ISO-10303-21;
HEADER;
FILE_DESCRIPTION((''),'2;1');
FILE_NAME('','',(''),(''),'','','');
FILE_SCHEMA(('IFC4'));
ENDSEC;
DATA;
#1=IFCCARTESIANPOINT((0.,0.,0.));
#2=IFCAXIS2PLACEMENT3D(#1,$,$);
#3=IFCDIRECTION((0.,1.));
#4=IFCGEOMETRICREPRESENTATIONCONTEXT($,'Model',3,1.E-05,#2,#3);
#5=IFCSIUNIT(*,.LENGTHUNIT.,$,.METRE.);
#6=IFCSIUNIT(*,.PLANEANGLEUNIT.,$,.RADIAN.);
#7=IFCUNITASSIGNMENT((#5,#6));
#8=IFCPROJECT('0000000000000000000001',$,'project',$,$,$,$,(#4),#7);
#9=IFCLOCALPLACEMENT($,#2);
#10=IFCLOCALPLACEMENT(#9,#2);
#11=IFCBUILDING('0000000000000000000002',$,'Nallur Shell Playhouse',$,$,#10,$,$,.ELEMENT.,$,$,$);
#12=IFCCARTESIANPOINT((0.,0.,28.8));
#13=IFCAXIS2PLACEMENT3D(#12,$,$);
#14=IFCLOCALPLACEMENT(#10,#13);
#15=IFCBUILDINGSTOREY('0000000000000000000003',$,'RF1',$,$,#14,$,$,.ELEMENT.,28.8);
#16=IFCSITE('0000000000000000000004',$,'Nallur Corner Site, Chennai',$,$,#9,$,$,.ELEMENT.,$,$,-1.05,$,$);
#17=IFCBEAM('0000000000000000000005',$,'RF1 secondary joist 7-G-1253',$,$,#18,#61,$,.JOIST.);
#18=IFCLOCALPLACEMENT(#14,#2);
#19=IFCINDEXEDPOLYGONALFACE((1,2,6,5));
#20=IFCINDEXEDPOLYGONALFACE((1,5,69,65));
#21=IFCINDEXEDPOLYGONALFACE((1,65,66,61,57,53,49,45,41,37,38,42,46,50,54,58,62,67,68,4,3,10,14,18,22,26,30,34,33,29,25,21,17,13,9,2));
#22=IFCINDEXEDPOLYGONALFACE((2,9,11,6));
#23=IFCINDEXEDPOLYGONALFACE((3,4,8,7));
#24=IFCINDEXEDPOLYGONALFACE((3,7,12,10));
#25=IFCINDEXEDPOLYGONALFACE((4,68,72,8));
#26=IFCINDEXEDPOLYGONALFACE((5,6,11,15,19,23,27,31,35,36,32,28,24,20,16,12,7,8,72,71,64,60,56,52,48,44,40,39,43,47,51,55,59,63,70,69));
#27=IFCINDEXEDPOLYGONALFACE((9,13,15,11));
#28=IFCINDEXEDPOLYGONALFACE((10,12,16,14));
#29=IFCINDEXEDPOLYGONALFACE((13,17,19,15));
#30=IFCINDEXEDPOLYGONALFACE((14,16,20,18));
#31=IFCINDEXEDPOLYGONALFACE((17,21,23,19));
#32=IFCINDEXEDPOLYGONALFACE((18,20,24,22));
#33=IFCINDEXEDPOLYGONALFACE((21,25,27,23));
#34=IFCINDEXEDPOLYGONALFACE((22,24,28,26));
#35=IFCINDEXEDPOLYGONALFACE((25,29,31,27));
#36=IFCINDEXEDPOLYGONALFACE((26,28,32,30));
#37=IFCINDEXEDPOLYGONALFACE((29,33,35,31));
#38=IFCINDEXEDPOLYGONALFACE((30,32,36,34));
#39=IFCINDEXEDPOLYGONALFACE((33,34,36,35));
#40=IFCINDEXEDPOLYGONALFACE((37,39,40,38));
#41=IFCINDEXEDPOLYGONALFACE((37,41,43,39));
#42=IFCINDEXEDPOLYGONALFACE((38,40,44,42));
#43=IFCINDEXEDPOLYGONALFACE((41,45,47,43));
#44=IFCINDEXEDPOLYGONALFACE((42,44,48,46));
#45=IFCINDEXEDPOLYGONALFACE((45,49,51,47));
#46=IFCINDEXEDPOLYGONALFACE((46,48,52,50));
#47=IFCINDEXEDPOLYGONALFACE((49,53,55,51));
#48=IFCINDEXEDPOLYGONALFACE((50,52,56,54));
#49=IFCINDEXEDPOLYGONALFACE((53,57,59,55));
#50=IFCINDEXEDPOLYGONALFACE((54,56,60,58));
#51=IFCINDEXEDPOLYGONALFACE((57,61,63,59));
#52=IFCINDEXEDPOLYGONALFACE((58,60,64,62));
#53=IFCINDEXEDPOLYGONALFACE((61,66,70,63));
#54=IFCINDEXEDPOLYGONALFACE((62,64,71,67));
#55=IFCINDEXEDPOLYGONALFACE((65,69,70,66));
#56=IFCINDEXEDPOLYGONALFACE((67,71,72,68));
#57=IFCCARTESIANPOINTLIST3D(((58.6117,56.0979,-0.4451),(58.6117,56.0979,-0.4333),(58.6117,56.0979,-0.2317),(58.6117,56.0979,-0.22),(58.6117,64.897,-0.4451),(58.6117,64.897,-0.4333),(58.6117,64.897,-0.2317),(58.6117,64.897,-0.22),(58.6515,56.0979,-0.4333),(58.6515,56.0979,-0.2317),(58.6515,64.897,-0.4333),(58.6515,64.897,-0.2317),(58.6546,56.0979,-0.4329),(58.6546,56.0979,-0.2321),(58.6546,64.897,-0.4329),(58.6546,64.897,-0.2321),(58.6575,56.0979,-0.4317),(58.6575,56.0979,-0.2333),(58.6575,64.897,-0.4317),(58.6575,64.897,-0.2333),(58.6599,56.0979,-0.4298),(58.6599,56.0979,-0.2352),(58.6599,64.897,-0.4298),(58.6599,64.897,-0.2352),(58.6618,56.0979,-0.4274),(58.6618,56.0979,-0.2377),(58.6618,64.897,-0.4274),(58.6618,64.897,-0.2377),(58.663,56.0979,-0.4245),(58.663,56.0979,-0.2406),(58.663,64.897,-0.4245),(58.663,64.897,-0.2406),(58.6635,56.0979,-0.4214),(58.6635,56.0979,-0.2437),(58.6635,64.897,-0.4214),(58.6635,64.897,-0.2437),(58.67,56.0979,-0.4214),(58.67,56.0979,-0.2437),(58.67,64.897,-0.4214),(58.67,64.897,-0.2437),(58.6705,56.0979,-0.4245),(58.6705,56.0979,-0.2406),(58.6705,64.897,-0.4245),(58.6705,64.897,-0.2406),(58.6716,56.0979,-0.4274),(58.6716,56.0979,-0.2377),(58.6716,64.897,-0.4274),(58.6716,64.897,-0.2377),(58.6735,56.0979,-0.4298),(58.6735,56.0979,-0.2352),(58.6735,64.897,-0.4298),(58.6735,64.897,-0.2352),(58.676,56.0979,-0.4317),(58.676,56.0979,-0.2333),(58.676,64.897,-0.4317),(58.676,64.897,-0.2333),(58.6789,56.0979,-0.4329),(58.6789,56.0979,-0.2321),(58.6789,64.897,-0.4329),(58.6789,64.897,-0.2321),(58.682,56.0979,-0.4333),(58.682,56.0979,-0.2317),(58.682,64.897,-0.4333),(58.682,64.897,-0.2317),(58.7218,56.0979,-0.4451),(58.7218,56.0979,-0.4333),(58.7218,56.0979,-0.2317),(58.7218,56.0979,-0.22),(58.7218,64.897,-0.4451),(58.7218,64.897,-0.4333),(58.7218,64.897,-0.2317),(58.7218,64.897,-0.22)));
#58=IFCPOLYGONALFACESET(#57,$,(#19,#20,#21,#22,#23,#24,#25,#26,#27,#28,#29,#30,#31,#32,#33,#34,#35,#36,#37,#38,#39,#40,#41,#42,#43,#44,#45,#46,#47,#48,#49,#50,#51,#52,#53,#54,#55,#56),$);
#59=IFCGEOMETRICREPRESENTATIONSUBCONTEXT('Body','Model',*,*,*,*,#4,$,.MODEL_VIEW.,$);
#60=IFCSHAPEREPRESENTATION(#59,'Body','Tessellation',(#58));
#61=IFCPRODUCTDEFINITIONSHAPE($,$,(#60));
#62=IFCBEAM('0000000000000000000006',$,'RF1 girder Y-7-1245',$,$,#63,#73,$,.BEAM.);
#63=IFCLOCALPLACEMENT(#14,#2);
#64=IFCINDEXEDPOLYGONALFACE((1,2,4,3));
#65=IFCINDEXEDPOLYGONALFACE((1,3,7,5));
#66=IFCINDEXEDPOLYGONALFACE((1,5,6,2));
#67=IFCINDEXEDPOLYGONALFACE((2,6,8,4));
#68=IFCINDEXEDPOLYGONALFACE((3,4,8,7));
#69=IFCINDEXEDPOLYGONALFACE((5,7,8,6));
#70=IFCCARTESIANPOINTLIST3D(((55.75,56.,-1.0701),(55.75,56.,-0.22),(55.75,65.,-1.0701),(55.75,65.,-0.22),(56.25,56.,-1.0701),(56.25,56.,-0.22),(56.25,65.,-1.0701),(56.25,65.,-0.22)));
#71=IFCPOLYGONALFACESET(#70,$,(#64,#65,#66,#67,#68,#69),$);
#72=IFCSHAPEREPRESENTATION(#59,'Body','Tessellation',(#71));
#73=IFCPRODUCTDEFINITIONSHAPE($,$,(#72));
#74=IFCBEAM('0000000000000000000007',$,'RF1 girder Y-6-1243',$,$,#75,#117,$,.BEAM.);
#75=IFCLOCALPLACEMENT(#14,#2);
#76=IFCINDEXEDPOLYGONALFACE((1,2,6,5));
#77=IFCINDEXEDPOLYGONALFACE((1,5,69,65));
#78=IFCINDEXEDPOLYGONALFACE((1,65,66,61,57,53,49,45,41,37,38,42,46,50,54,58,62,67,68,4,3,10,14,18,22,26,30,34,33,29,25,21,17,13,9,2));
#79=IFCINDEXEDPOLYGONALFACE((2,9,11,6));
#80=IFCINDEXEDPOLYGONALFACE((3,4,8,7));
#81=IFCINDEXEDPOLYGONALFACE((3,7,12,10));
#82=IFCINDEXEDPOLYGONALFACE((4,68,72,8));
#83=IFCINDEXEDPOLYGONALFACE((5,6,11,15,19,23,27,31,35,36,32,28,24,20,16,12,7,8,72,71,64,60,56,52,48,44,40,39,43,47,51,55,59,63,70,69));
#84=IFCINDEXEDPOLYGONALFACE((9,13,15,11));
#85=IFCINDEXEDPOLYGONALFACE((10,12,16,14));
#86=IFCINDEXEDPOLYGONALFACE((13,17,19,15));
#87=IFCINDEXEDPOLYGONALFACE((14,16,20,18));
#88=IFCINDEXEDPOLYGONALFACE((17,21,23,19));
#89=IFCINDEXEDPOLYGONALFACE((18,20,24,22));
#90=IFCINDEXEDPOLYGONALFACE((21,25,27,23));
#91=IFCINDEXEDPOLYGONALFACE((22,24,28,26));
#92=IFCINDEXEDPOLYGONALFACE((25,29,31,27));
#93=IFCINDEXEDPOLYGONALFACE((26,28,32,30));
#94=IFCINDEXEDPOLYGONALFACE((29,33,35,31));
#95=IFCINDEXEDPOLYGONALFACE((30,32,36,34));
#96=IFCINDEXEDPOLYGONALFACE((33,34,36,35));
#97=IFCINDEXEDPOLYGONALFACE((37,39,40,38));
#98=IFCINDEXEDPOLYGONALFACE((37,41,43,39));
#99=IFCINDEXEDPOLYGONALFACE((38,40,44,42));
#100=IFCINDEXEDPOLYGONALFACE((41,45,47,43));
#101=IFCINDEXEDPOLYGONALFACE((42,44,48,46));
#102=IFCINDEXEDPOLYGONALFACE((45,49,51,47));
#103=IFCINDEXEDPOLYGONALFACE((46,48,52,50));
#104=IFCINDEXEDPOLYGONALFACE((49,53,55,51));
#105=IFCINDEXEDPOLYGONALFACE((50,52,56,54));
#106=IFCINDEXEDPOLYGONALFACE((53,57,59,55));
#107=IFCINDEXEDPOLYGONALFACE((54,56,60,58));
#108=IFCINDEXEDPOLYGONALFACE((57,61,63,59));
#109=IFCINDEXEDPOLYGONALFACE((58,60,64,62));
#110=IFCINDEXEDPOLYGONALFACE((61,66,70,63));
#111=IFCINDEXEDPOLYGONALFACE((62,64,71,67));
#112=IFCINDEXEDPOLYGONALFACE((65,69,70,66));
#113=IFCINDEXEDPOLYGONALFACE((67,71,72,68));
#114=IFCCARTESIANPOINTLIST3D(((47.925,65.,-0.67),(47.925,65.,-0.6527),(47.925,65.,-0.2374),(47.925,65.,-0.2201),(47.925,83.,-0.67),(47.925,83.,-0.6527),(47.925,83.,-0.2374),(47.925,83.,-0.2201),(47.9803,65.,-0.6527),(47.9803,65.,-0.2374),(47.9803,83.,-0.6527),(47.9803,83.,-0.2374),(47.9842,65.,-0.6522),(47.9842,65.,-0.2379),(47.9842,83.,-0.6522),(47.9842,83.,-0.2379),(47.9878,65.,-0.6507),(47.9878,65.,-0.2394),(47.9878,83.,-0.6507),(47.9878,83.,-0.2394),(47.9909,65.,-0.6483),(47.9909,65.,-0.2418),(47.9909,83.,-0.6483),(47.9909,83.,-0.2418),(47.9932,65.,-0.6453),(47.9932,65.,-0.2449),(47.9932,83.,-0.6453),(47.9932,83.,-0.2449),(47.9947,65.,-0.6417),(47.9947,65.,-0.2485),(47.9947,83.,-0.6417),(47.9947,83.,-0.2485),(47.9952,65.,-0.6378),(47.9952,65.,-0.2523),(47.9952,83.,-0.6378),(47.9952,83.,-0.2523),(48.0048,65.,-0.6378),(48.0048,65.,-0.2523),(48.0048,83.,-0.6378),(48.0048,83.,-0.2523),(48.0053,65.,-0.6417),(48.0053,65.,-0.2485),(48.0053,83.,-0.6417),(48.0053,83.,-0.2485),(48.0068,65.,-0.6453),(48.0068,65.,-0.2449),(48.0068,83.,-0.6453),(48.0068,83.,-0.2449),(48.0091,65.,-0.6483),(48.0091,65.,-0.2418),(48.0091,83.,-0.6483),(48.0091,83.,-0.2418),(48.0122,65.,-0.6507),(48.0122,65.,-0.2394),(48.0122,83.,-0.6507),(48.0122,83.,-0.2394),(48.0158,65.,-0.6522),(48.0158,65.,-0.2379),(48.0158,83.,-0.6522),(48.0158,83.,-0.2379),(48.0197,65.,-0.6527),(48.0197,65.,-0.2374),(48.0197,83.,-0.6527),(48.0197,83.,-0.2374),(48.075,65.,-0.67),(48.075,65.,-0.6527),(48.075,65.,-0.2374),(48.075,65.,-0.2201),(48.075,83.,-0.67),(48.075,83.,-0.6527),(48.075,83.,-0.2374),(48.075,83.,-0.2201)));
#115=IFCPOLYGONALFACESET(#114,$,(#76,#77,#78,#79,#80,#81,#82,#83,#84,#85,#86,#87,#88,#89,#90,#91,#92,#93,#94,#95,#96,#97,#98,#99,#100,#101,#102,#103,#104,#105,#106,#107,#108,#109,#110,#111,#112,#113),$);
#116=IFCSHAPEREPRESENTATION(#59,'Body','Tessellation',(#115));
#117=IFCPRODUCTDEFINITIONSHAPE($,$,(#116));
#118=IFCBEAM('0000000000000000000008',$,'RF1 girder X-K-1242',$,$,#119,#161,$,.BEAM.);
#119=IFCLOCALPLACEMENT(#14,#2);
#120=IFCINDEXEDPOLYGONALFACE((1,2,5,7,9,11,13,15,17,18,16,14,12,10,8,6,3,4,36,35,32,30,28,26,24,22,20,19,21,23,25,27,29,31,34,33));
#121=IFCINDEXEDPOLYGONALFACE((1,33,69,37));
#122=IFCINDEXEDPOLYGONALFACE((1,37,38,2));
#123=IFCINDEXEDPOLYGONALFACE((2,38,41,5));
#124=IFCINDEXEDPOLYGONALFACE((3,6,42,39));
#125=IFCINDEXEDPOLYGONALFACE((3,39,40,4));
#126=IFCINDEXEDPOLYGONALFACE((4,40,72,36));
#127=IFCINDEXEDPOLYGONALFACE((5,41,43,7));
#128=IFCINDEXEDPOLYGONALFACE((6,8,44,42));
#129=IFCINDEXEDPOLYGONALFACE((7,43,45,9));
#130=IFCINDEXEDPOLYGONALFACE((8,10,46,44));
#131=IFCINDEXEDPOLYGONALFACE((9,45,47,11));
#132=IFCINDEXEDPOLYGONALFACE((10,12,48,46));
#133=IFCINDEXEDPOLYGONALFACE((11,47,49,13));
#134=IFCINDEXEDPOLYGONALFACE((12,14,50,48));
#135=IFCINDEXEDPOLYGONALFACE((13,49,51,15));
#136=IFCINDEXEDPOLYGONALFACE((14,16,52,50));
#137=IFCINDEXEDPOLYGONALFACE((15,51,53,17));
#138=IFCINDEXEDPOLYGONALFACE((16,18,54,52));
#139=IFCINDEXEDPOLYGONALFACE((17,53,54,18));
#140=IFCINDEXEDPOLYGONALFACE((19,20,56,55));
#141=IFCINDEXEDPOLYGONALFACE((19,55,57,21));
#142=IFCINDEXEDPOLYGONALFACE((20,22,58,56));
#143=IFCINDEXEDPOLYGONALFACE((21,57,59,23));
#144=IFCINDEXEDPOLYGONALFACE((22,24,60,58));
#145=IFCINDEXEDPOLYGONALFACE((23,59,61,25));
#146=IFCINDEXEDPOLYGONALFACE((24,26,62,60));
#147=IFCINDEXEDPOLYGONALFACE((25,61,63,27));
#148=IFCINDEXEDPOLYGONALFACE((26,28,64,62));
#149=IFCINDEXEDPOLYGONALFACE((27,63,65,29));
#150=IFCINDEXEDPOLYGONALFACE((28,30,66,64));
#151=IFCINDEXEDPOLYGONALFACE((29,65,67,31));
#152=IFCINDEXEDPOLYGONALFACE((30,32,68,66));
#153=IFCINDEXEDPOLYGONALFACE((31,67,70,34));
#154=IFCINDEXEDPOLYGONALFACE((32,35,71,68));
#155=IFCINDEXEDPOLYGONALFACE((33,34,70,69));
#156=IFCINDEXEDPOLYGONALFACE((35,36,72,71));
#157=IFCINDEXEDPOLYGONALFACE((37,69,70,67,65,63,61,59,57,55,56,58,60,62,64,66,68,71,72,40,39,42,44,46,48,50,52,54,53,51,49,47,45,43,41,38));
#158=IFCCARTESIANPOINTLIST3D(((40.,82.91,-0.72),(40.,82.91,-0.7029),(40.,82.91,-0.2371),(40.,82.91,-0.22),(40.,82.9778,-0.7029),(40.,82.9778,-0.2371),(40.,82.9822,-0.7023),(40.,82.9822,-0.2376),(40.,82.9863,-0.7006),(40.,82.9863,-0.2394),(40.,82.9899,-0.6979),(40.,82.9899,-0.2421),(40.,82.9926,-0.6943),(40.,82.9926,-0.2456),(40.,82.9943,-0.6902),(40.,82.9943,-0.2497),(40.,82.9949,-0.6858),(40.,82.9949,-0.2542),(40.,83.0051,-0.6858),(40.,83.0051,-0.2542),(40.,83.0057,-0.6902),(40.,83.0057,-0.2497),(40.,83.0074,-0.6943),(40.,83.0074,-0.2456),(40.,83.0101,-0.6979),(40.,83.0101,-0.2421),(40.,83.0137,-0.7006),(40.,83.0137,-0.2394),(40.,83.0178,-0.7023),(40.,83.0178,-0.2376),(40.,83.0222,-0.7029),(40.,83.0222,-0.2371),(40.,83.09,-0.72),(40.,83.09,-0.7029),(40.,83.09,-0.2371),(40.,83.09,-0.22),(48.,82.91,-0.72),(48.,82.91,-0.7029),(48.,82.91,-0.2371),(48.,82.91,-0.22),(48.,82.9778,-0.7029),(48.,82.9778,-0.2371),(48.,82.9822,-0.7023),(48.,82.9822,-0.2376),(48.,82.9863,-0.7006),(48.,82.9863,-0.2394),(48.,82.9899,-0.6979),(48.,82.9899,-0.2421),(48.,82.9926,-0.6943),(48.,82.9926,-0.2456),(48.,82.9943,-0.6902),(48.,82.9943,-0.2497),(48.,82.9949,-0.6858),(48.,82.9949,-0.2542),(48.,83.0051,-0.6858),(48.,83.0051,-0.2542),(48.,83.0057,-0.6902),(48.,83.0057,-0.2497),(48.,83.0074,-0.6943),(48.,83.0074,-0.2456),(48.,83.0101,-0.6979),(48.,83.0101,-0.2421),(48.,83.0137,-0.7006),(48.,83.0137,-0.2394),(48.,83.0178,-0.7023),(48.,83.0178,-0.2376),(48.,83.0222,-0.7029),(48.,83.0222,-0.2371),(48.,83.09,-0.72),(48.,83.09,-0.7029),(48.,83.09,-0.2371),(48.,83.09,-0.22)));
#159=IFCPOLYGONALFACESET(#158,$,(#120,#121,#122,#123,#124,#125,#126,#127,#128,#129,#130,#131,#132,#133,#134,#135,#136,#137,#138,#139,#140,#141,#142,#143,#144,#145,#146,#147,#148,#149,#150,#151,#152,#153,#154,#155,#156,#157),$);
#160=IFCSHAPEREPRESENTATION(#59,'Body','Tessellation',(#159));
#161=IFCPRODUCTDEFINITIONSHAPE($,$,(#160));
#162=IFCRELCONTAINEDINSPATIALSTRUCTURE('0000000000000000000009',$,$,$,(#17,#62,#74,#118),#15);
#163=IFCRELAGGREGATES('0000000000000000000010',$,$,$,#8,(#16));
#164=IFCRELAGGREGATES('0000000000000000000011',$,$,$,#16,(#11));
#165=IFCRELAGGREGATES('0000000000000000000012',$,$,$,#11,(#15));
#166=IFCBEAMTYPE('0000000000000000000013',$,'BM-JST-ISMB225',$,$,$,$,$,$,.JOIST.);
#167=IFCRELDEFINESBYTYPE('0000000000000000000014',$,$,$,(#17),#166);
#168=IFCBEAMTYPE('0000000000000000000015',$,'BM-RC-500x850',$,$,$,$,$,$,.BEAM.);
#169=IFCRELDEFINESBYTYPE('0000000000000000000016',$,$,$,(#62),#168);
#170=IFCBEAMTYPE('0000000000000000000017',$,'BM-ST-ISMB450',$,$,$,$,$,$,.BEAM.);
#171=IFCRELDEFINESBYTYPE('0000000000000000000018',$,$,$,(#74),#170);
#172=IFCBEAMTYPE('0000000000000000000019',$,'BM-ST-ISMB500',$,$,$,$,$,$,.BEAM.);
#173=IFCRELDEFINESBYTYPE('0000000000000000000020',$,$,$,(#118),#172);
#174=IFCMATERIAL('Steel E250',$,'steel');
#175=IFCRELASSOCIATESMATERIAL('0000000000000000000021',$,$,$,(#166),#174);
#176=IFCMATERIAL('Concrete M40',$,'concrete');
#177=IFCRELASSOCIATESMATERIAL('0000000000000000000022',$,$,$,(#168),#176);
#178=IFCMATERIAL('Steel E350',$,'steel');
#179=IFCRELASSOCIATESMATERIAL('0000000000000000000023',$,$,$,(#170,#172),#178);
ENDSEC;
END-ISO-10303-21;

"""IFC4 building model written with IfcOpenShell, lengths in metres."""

from ifc_helpers import new_model, si_unit, direction, frame, origin, origin_2d, place, context, subcontext, project, spatial, rectangle, i_section, extrude, material, material_profile, profile_set, type_object, element, save


model = new_model("IFC4")

# Units and contexts
model_context = context("Model", 3, precision=1e-05, world=origin(), true_north=direction((0.0, 1.0)))
body_context = subcontext(model_context, "Body", "Model", "MODEL_VIEW")
ifc_project = project(units=[si_unit("LENGTHUNIT", "METRE"), si_unit("PLANEANGLEUNIT", "RADIAN")], contexts=[model_context])

# Site, building, storey
site_placement = place(None, origin())
site = spatial("IfcSite", under=ifc_project, at=site_placement, Name="Nallur Corner Site, Chennai", CompositionType="ELEMENT", RefElevation=-1.05)
building_placement = place(site_placement, origin())
building = spatial("IfcBuilding", under=site, at=building_placement, Name="Nallur Shell Playhouse", CompositionType="ELEMENT")
storey_placement = place(building_placement, frame((0.0, 0.0, 28.8)))
storey = spatial("IfcBuildingStorey", under=building, at=storey_placement, Name="RF1", CompositionType="ELEMENT", Elevation=28.8)

# Beams
ifc_material_1 = material(Name="Steel E250", Category="steel")
ifc_material_profile_1 = material_profile(ifc_material_1, i_section(OverallWidth=0.1101, OverallDepth=0.2251, WebThickness=0.0066, FlangeThickness=0.0117, FilletRadius=0.012, at=origin_2d()), Name="ISMB 225")
ifc_profile_set_1 = profile_set([ifc_material_profile_1], Name="Steel E250")
beam_type_1 = type_object("IfcBeamType", Name="BM-JST-ISMB225", PredefinedType="JOIST", material=ifc_profile_set_1)
beam_1_placement = place(storey_placement, frame((58.6667, 56.0979, -0.3325), z_axis=(0.0, 1.0, 0.0), x_axis=(-1.0, 0.0, 0.0)))
element("IfcBeam", 1, at=beam_1_placement, inside=storey, type_object=beam_type_1, Name="RF1 secondary joist 7-G-1253", PredefinedType="JOIST", context=body_context, shape_type="SweptSolid", body=[
    extrude(i_section(OverallWidth=0.1101, OverallDepth=0.2251, WebThickness=0.0066, FlangeThickness=0.0117, FilletRadius=0.012, at=origin_2d()), origin(), (0.0, 0.0, 1.0), 8.7991),
])
ifc_material_2 = material(Name="Concrete M40", Category="concrete")
ifc_material_profile_2 = material_profile(ifc_material_2, rectangle(XDim=0.5, YDim=0.8501, at=origin_2d()), Name="RC 500x850")
ifc_profile_set_2 = profile_set([ifc_material_profile_2], Name="Concrete M40")
beam_type_2 = type_object("IfcBeamType", Name="BM-RC-500x850", PredefinedType="BEAM", material=ifc_profile_set_2)
beam_2_placement = place(storey_placement, frame((56.0, 56.0, -0.645), z_axis=(0.0, 1.0, 0.0), x_axis=(-1.0, 0.0, 0.0)))
element("IfcBeam", 2, at=beam_2_placement, inside=storey, type_object=beam_type_2, Name="RF1 girder Y-7-1245", PredefinedType="BEAM", context=body_context, shape_type="SweptSolid", body=[
    extrude(rectangle(XDim=0.5, YDim=0.8501, at=origin_2d()), origin(), (0.0, 0.0, 1.0), 9.0),
])
ifc_material_3 = material(Name="Steel E350", Category="steel")
ifc_material_profile_3 = material_profile(ifc_material_3, i_section(OverallWidth=0.1499, OverallDepth=0.45, WebThickness=0.0095, FlangeThickness=0.0173, FilletRadius=0.0149, at=origin_2d()), Name="ISMB 450")
ifc_profile_set_3 = profile_set([ifc_material_profile_3], Name="Steel E350")
beam_type_3 = type_object("IfcBeamType", Name="BM-ST-ISMB450", PredefinedType="BEAM", material=ifc_profile_set_3)
beam_3_placement = place(storey_placement, frame((48.0, 65.0, -0.4451), z_axis=(0.0, 1.0, 0.0), x_axis=(-1.0, 0.0, 0.0)))
element("IfcBeam", 3, at=beam_3_placement, inside=storey, type_object=beam_type_3, Name="RF1 girder Y-6-1243", PredefinedType="BEAM", context=body_context, shape_type="SweptSolid", body=[
    extrude(i_section(OverallWidth=0.1499, OverallDepth=0.45, WebThickness=0.0095, FlangeThickness=0.0173, FilletRadius=0.0149, at=origin_2d()), origin(), (0.0, 0.0, 1.0), 18.0),
])
ifc_material_profile_4 = material_profile(ifc_material_3, i_section(OverallWidth=0.1799, OverallDepth=0.5, WebThickness=0.0103, FlangeThickness=0.0171, FilletRadius=0.0171, at=origin_2d()), Name="ISMB 500")
ifc_profile_set_4 = profile_set([ifc_material_profile_4], Name="Steel E350")
beam_type_4 = type_object("IfcBeamType", Name="BM-ST-ISMB500", PredefinedType="BEAM", material=ifc_profile_set_4)
beam_4_placement = place(storey_placement, frame((40.0, 83.0, -0.47), z_axis=(1.0, 0.0, 0.0), x_axis=(0.0, 1.0, 0.0)))
element("IfcBeam", 4, at=beam_4_placement, inside=storey, type_object=beam_type_4, Name="RF1 girder X-K-1242", PredefinedType="BEAM", context=body_context, shape_type="SweptSolid", body=[
    extrude(i_section(OverallWidth=0.1799, OverallDepth=0.5, WebThickness=0.0103, FlangeThickness=0.0171, FilletRadius=0.0171, at=origin_2d()), origin(), (0.0, 0.0, 1.0), 8.0),
])

save(model, "model.ifc")
